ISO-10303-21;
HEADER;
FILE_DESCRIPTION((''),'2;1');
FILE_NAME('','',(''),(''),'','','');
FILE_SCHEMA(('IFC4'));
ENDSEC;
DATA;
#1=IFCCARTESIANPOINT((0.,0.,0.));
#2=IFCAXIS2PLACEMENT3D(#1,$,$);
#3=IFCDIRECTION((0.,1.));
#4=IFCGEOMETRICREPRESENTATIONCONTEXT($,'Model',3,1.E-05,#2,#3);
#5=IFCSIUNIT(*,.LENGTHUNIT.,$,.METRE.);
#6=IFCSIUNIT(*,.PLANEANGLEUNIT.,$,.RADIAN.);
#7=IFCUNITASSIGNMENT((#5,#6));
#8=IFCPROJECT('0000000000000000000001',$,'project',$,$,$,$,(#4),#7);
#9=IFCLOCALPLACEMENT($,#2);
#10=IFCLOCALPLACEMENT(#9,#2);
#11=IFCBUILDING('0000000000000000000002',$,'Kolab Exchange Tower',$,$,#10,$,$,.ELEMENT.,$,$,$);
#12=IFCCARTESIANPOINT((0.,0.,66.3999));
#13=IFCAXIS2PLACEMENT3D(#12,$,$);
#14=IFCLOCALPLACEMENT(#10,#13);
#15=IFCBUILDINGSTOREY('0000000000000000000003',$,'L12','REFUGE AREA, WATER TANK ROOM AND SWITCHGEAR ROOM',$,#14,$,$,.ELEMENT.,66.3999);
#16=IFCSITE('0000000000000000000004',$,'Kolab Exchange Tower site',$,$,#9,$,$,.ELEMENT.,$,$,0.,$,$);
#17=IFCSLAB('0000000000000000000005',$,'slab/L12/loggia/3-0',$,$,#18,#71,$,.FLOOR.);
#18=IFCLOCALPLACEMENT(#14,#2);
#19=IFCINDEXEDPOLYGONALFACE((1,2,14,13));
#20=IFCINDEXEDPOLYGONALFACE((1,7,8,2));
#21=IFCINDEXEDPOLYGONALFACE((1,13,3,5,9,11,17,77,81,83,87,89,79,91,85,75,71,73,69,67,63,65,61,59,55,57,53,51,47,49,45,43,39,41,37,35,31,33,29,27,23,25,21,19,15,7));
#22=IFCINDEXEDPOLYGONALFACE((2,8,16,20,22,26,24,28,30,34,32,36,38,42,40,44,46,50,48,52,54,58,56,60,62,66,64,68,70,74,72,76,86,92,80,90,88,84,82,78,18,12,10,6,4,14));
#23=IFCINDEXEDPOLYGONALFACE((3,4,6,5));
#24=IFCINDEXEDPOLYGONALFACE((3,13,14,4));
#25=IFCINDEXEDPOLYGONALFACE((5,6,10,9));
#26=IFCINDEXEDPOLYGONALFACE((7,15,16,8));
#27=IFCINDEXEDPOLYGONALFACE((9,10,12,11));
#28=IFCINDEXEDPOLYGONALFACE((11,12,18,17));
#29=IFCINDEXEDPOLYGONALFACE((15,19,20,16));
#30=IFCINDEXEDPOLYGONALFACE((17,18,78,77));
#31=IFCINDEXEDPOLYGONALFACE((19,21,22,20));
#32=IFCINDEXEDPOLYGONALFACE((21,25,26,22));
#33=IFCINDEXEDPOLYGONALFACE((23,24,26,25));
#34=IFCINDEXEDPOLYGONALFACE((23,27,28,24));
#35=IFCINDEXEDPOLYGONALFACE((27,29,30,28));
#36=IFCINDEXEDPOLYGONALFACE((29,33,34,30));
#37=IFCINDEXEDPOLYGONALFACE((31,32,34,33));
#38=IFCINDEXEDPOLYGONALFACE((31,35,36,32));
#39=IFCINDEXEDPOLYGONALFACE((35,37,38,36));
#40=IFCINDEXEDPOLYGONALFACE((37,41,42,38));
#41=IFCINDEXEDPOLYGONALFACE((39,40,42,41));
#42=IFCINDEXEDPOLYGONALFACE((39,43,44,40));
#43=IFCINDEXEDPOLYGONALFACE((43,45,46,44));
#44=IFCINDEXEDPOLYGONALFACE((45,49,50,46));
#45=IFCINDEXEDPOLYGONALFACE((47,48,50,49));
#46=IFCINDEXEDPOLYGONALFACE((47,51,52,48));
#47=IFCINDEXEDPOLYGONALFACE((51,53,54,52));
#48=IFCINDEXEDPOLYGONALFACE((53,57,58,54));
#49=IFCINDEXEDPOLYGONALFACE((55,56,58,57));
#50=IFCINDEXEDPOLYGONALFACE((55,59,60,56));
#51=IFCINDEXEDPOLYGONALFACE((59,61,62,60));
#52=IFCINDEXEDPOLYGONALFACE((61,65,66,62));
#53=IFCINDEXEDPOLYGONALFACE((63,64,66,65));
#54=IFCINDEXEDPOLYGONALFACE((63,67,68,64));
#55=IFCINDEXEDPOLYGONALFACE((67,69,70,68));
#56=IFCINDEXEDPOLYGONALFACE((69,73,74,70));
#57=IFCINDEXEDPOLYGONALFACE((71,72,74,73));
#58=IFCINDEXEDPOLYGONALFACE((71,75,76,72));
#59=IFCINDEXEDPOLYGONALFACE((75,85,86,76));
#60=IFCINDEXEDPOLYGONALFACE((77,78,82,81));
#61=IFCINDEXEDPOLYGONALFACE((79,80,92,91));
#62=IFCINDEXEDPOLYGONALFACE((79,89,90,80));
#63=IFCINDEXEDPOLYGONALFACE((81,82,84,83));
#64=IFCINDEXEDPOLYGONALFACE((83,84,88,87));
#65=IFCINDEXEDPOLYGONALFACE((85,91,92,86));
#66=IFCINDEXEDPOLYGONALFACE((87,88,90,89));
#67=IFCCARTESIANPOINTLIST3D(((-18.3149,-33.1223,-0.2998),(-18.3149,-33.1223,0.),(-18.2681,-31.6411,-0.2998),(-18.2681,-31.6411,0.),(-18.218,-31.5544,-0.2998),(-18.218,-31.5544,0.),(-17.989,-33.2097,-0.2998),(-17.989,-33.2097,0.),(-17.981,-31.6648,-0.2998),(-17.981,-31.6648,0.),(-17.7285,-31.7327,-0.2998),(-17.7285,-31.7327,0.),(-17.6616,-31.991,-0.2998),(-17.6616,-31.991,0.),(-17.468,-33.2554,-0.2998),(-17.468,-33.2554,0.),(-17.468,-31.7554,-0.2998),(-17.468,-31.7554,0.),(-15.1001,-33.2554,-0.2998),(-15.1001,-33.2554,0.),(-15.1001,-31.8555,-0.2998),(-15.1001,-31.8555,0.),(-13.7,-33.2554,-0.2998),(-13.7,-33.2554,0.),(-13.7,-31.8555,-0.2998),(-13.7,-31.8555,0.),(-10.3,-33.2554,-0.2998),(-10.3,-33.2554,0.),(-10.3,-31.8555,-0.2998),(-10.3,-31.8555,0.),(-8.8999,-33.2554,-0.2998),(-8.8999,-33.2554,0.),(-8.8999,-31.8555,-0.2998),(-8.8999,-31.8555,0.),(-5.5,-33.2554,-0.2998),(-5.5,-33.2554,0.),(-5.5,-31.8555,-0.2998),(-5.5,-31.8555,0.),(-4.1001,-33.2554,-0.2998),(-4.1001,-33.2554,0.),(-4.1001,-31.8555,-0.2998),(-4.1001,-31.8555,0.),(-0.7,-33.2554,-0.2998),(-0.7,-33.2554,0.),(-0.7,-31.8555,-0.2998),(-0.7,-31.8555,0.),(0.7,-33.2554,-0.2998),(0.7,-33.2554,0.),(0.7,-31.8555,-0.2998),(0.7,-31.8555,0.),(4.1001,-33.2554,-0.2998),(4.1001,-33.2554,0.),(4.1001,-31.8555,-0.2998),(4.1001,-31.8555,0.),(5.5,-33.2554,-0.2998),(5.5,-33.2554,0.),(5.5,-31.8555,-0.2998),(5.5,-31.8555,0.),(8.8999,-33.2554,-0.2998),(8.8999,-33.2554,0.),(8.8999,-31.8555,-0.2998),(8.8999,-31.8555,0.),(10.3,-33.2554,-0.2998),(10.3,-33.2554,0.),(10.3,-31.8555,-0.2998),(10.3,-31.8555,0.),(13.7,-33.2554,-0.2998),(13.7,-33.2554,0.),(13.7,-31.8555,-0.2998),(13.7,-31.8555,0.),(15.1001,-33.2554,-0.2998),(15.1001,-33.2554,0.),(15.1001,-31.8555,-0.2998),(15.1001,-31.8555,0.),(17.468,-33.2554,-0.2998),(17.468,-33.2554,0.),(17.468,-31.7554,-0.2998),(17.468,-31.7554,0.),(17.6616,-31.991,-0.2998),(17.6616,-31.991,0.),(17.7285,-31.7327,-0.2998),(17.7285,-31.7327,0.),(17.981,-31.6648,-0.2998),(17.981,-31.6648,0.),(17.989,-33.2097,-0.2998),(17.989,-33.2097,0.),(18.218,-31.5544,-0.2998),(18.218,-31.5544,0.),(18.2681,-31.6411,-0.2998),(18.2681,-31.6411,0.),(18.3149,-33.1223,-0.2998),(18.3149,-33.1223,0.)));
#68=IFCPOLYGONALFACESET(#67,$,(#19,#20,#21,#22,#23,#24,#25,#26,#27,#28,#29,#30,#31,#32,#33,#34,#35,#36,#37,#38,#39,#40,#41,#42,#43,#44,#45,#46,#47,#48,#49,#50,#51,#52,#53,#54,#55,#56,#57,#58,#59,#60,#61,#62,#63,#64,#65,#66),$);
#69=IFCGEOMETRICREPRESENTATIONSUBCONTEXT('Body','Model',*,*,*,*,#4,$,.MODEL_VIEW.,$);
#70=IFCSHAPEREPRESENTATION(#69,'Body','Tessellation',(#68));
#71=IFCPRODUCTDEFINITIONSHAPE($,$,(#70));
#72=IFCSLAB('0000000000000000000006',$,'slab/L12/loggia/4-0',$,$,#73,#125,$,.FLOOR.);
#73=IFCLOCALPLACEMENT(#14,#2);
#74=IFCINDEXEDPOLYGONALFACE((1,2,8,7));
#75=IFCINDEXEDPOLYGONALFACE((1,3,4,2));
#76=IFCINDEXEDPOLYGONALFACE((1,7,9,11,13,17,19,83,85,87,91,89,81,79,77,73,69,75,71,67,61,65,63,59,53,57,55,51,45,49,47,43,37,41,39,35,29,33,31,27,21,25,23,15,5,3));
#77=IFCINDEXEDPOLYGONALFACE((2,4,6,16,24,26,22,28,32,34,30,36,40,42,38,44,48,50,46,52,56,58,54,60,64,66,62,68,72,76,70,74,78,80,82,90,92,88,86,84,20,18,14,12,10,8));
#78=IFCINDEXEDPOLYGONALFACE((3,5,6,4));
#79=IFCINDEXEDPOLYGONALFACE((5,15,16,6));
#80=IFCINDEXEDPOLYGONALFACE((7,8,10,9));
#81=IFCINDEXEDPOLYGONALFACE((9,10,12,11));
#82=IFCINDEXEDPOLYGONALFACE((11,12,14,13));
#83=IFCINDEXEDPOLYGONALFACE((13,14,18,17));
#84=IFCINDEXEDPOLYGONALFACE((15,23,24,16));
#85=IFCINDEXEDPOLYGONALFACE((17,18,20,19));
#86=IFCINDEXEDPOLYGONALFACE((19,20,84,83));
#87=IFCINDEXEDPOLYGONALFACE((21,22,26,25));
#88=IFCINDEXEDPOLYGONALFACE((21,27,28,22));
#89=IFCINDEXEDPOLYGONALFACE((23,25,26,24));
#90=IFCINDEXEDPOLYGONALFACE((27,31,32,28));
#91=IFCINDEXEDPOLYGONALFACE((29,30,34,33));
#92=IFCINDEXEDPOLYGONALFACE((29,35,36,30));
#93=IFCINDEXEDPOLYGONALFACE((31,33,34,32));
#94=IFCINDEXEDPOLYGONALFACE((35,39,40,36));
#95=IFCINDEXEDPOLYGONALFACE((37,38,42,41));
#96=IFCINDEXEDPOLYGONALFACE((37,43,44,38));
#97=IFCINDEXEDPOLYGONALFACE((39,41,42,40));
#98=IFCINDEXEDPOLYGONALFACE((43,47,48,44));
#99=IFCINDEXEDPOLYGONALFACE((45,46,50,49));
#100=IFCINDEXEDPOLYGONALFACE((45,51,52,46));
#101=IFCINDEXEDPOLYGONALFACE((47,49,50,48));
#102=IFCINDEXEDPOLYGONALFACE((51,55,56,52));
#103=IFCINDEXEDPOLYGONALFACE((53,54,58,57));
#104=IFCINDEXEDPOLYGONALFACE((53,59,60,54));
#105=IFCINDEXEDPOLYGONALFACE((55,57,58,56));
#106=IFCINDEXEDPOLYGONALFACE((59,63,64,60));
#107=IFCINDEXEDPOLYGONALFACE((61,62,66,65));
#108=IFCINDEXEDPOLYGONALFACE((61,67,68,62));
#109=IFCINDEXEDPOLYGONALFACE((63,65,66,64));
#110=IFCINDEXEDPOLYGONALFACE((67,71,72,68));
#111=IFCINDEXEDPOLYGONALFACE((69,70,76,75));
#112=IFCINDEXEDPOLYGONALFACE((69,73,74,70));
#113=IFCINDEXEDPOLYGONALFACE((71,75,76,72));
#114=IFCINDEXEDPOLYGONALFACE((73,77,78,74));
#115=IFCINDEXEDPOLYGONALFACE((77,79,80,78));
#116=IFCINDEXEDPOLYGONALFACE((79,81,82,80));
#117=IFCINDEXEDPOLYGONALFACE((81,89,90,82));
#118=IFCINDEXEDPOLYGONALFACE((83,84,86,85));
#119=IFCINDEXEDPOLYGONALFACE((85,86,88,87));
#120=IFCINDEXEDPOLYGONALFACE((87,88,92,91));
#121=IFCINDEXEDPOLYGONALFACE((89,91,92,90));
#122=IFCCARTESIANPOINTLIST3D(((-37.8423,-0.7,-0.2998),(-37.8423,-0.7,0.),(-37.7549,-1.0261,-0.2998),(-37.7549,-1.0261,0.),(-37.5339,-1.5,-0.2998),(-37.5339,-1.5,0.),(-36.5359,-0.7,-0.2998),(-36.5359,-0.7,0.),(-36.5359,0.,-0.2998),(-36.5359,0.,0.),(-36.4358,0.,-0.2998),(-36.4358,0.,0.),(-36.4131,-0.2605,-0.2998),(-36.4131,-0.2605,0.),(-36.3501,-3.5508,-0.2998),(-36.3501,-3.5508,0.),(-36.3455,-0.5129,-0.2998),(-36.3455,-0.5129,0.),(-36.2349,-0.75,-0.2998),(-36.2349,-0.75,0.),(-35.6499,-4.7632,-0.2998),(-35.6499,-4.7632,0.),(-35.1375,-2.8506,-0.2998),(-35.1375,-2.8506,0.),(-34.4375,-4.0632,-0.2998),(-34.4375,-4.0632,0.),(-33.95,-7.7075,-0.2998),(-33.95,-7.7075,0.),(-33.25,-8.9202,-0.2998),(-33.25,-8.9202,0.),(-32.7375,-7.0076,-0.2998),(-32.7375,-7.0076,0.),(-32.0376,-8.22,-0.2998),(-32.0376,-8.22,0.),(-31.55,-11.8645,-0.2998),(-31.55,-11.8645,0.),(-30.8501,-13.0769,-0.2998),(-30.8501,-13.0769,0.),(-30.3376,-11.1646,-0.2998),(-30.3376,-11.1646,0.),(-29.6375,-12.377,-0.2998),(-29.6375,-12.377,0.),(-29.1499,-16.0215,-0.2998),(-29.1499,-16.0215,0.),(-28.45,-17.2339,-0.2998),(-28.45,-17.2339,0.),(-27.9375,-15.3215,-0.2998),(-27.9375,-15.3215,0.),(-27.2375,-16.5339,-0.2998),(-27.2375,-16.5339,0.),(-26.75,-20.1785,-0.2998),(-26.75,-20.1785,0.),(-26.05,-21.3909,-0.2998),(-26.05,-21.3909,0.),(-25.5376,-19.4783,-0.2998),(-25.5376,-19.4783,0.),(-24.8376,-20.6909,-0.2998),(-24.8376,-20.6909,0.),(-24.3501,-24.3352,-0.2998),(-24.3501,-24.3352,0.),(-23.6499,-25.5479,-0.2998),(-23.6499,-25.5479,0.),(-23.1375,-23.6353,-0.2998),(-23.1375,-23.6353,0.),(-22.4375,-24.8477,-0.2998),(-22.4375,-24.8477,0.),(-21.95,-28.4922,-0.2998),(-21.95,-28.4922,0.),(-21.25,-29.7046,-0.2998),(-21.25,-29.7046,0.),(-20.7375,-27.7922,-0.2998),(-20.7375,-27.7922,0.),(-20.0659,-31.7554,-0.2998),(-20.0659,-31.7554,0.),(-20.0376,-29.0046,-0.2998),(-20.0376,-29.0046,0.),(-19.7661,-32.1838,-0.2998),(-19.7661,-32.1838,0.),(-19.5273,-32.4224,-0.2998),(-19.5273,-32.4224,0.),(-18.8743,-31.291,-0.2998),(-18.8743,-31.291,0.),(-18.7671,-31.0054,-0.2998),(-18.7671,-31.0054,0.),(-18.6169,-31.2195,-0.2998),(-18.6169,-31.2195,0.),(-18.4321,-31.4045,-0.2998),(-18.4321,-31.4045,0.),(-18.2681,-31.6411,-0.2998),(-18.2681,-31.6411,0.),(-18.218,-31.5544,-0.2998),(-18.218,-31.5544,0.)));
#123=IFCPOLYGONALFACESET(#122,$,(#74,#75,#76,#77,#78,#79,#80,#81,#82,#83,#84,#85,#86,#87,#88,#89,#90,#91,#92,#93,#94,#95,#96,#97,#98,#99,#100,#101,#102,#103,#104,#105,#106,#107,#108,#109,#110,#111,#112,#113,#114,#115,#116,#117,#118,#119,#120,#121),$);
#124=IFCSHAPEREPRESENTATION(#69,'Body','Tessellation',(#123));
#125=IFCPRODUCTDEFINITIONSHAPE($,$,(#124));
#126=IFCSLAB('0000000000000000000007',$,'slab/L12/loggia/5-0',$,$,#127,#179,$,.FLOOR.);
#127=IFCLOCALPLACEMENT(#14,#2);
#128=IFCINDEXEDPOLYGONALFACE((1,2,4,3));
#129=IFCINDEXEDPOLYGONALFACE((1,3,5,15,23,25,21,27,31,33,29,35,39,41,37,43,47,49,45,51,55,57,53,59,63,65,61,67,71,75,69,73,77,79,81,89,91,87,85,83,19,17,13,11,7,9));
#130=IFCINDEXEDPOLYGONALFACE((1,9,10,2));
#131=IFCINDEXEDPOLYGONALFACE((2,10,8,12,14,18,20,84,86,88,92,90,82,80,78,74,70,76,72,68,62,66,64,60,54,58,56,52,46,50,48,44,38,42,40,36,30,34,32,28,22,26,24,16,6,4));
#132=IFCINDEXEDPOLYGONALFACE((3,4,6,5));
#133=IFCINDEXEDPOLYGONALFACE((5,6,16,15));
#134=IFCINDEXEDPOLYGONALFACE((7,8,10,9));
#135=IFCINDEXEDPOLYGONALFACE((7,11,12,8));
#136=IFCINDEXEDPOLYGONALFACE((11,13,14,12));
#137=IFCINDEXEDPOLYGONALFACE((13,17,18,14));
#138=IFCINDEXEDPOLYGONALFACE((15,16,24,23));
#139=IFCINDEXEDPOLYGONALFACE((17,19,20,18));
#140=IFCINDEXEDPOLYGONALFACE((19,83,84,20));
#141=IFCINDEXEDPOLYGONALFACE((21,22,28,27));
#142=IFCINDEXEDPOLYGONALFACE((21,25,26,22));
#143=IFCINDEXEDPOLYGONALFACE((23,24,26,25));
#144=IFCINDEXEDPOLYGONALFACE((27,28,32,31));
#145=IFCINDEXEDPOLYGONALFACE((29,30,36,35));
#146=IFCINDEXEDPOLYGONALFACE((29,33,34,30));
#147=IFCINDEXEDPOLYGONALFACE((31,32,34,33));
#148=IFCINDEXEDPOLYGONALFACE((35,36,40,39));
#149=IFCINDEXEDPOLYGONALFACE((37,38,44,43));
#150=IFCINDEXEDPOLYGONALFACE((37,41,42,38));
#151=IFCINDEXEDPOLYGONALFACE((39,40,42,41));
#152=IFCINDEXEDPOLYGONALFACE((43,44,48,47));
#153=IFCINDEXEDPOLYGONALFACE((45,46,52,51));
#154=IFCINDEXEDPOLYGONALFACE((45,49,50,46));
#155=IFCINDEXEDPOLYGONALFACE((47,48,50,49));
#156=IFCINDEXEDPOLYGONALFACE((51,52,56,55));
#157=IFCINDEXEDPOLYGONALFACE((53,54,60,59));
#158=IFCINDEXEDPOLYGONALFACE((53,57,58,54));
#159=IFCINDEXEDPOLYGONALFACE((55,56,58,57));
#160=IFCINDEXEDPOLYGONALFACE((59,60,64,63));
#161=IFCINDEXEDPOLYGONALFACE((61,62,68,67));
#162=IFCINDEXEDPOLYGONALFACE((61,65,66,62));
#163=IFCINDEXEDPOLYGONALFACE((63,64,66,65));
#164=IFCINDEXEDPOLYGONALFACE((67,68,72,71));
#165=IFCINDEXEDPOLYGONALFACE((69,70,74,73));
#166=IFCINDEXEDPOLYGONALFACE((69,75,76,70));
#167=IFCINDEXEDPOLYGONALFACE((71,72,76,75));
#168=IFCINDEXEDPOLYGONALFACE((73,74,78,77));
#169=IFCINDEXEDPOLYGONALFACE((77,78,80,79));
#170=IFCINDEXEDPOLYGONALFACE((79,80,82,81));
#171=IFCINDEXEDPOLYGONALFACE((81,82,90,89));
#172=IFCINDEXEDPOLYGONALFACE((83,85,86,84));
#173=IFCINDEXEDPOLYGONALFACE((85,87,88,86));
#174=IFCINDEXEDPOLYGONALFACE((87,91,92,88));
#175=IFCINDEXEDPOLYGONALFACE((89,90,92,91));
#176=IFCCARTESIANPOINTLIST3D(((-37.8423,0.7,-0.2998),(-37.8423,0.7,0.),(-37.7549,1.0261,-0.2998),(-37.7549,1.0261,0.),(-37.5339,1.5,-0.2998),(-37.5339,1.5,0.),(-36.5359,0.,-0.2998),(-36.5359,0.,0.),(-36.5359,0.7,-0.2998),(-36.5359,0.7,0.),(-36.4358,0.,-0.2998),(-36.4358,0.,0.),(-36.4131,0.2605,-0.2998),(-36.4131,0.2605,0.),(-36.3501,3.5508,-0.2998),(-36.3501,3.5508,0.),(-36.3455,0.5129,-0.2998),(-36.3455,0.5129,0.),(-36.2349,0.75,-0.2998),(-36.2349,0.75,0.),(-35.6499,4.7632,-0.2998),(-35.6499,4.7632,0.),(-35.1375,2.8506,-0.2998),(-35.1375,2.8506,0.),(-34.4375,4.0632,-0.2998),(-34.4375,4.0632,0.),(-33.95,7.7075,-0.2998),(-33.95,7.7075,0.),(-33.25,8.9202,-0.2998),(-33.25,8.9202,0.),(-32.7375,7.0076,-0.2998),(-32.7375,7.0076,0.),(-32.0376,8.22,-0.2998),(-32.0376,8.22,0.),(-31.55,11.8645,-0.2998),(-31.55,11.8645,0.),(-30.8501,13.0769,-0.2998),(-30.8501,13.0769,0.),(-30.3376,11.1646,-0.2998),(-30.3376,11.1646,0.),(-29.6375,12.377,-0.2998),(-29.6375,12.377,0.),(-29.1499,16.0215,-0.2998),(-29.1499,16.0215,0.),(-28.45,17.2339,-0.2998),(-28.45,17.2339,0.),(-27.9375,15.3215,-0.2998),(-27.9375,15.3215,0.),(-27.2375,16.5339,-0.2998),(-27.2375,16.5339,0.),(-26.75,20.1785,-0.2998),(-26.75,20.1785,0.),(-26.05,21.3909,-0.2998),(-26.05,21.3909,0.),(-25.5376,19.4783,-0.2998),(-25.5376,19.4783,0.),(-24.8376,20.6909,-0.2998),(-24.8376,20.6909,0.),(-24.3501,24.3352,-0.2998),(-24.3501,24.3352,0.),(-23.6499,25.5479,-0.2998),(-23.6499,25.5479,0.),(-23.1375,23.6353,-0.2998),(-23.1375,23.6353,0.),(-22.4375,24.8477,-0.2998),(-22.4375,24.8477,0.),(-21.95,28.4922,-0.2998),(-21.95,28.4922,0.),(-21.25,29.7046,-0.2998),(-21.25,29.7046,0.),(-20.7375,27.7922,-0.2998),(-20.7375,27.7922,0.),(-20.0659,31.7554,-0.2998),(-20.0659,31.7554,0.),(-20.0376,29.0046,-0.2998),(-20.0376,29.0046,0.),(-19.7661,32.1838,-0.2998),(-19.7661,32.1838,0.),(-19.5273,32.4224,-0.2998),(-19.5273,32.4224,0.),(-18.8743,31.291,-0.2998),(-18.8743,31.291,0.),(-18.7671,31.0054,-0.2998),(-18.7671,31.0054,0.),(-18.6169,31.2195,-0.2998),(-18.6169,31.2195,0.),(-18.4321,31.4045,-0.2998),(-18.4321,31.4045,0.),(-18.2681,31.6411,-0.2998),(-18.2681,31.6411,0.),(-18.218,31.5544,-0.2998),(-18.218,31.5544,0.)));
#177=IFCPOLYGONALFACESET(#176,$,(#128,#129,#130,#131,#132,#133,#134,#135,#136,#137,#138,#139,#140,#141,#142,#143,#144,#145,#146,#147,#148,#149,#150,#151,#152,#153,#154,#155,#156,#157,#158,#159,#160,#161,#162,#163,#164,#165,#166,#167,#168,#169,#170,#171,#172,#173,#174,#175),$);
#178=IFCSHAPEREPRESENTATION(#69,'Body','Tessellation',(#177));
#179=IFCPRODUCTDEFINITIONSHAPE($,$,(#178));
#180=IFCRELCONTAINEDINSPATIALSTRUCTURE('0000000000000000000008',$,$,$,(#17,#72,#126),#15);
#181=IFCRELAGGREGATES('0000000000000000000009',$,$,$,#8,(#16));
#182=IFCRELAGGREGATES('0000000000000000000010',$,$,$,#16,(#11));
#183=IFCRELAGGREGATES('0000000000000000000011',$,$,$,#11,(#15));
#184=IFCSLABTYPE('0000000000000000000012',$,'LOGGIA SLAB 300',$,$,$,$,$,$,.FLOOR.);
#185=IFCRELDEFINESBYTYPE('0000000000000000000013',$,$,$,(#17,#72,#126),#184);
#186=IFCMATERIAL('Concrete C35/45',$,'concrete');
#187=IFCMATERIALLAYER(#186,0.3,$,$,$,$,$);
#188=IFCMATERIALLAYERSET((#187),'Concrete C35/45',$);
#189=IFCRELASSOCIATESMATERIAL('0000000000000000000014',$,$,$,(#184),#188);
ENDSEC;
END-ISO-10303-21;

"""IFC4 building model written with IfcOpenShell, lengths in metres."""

from ifc_helpers import new_model, si_unit, direction, frame, origin, place, context, subcontext, project, spatial, polyline, outline, extrude, material, layer, layer_set, type_object, element, save


model = new_model("IFC4")

# Units and contexts
model_context = context("Model", 3, precision=1e-05, world=origin(), true_north=direction((0.0, 1.0)))
body_context = subcontext(model_context, "Body", "Model", "MODEL_VIEW")
ifc_project = project(units=[si_unit("LENGTHUNIT", "METRE"), si_unit("PLANEANGLEUNIT", "RADIAN")], contexts=[model_context])

# Site, building, storey
site_placement = place(None, origin())
site = spatial("IfcSite", under=ifc_project, at=site_placement, Name="Kolab Exchange Tower site", CompositionType="ELEMENT", RefElevation=0.0)
building_placement = place(site_placement, origin())
building = spatial("IfcBuilding", under=site, at=building_placement, Name="Kolab Exchange Tower", CompositionType="ELEMENT")
storey_placement = place(building_placement, frame((0.0, 0.0, 66.3999)))
storey = spatial("IfcBuildingStorey", under=building, at=storey_placement, Name="L12", Description="REFUGE AREA, WATER TANK ROOM AND SWITCHGEAR ROOM", CompositionType="ELEMENT", Elevation=66.3999)

# Slabs
ifc_material_1 = material(Name="Concrete C35/45", Category="concrete")
ifc_layer_1 = layer(ifc_material_1, 0.3)
ifc_layer_set_1 = layer_set([ifc_layer_1], Name="Concrete C35/45")
slab_type_1 = type_object("IfcSlabType", Name="LOGGIA SLAB 300", PredefinedType="FLOOR", material=ifc_layer_set_1)
slab_1_placement = place(storey_placement, frame((0.0, 0.0, -0.2998)))
element("IfcSlab", 1, at=slab_1_placement, inside=storey, type_object=slab_type_1, Name="slab/L12/loggia/3-0", PredefinedType="FLOOR", context=body_context, shape_type="SweptSolid", body=[
    extrude(outline(polyline([(-18.218, -31.5544), (-18.2681, -31.6411), (-17.6616, -31.991), (-18.3149, -33.1223), (-17.989, -33.2097), (-17.468, -33.2554), (-15.1001, -33.2554), (-15.1001, -31.8555), (-13.7, -31.8555), (-13.7, -33.2554), (-10.3, -33.2554), (-10.3, -31.8555), (-8.8999, -31.8555), (-8.8999, -33.2554), (-5.5, -33.2554), (-5.5, -31.8555), (-4.1001, -31.8555), (-4.1001, -33.2554), (-0.7, -33.2554), (-0.7, -31.8555), (0.7, -31.8555), (0.7, -33.2554), (4.1001, -33.2554), (4.1001, -31.8555), (5.5, -31.8555), (5.5, -33.2554), (8.8999, -33.2554), (8.8999, -31.8555), (10.3, -31.8555), (10.3, -33.2554), (13.7, -33.2554), (13.7, -31.8555), (15.1001, -31.8555), (15.1001, -33.2554), (17.468, -33.2554), (17.989, -33.2097), (18.3149, -33.1223), (17.6616, -31.991), (18.2681, -31.6411), (18.218, -31.5544), (17.981, -31.6648), (17.7285, -31.7327), (17.468, -31.7554), (-17.468, -31.7554), (-17.7285, -31.7327), (-17.981, -31.6648), (-18.218, -31.5544)])), origin(), (0.0, 0.0, 1.0), 0.2998),
])
slab_2_placement = place(storey_placement, frame((0.0, 0.0, -0.2998)))
element("IfcSlab", 2, at=slab_2_placement, inside=storey, type_object=slab_type_1, Name="slab/L12/loggia/4-0", PredefinedType="FLOOR", context=body_context, shape_type="SweptSolid", body=[
    extrude(outline(polyline([(-36.4358, 0.0), (-36.5359, 0.0), (-36.5359, -0.7), (-37.8423, -0.7), (-37.7549, -1.0261), (-37.5339, -1.5), (-36.3501, -3.5508), (-35.1375, -2.8506), (-34.4375, -4.0632), (-35.6499, -4.7632), (-33.95, -7.7075), (-32.7375, -7.0076), (-32.0376, -8.22), (-33.25, -8.9202), (-31.55, -11.8645), (-30.3376, -11.1646), (-29.6375, -12.377), (-30.8501, -13.0769), (-29.1499, -16.0215), (-27.9375, -15.3215), (-27.2375, -16.5339), (-28.45, -17.2339), (-26.75, -20.1785), (-25.5376, -19.4783), (-24.8376, -20.6909), (-26.05, -21.3909), (-24.3501, -24.3352), (-23.1375, -23.6353), (-22.4375, -24.8477), (-23.6499, -25.5479), (-21.95, -28.4922), (-20.7375, -27.7922), (-20.0376, -29.0046), (-21.25, -29.7046), (-20.0659, -31.7554), (-19.7661, -32.1838), (-19.5273, -32.4224), (-18.8743, -31.291), (-18.2681, -31.6411), (-18.218, -31.5544), (-18.4321, -31.4045), (-18.6169, -31.2195), (-18.7671, -31.0054), (-36.2349, -0.75), (-36.3455, -0.5129), (-36.4131, -0.2605), (-36.4358, 0.0)])), origin(), (0.0, 0.0, 1.0), 0.2998),
])
slab_3_placement = place(storey_placement, frame((0.0, 0.0, -0.2998)))
element("IfcSlab", 3, at=slab_3_placement, inside=storey, type_object=slab_type_1, Name="slab/L12/loggia/5-0", PredefinedType="FLOOR", context=body_context, shape_type="SweptSolid", body=[
    extrude(outline(polyline([(-18.218, 31.5544), (-18.2681, 31.6411), (-18.8743, 31.291), (-19.5273, 32.4224), (-19.7661, 32.1838), (-20.0659, 31.7554), (-21.25, 29.7046), (-20.0376, 29.0046), (-20.7375, 27.7922), (-21.95, 28.4922), (-23.6499, 25.5479), (-22.4375, 24.8477), (-23.1375, 23.6353), (-24.3501, 24.3352), (-26.05, 21.3909), (-24.8376, 20.6909), (-25.5376, 19.4783), (-26.75, 20.1785), (-28.45, 17.2339), (-27.2375, 16.5339), (-27.9375, 15.3215), (-29.1499, 16.0215), (-30.8501, 13.0769), (-29.6375, 12.377), (-30.3376, 11.1646), (-31.55, 11.8645), (-33.25, 8.9202), (-32.0376, 8.22), (-32.7375, 7.0076), (-33.95, 7.7075), (-35.6499, 4.7632), (-34.4375, 4.0632), (-35.1375, 2.8506), (-36.3501, 3.5508), (-37.5339, 1.5), (-37.7549, 1.0261), (-37.8423, 0.7), (-36.5359, 0.7), (-36.5359, 0.0), (-36.4358, 0.0), (-36.4131, 0.2605), (-36.3455, 0.5129), (-36.2349, 0.75), (-18.7671, 31.0054), (-18.6169, 31.2195), (-18.4321, 31.4045), (-18.218, 31.5544)])), origin(), (0.0, 0.0, 1.0), 0.2998),
])

save(model, "model.ifc")
